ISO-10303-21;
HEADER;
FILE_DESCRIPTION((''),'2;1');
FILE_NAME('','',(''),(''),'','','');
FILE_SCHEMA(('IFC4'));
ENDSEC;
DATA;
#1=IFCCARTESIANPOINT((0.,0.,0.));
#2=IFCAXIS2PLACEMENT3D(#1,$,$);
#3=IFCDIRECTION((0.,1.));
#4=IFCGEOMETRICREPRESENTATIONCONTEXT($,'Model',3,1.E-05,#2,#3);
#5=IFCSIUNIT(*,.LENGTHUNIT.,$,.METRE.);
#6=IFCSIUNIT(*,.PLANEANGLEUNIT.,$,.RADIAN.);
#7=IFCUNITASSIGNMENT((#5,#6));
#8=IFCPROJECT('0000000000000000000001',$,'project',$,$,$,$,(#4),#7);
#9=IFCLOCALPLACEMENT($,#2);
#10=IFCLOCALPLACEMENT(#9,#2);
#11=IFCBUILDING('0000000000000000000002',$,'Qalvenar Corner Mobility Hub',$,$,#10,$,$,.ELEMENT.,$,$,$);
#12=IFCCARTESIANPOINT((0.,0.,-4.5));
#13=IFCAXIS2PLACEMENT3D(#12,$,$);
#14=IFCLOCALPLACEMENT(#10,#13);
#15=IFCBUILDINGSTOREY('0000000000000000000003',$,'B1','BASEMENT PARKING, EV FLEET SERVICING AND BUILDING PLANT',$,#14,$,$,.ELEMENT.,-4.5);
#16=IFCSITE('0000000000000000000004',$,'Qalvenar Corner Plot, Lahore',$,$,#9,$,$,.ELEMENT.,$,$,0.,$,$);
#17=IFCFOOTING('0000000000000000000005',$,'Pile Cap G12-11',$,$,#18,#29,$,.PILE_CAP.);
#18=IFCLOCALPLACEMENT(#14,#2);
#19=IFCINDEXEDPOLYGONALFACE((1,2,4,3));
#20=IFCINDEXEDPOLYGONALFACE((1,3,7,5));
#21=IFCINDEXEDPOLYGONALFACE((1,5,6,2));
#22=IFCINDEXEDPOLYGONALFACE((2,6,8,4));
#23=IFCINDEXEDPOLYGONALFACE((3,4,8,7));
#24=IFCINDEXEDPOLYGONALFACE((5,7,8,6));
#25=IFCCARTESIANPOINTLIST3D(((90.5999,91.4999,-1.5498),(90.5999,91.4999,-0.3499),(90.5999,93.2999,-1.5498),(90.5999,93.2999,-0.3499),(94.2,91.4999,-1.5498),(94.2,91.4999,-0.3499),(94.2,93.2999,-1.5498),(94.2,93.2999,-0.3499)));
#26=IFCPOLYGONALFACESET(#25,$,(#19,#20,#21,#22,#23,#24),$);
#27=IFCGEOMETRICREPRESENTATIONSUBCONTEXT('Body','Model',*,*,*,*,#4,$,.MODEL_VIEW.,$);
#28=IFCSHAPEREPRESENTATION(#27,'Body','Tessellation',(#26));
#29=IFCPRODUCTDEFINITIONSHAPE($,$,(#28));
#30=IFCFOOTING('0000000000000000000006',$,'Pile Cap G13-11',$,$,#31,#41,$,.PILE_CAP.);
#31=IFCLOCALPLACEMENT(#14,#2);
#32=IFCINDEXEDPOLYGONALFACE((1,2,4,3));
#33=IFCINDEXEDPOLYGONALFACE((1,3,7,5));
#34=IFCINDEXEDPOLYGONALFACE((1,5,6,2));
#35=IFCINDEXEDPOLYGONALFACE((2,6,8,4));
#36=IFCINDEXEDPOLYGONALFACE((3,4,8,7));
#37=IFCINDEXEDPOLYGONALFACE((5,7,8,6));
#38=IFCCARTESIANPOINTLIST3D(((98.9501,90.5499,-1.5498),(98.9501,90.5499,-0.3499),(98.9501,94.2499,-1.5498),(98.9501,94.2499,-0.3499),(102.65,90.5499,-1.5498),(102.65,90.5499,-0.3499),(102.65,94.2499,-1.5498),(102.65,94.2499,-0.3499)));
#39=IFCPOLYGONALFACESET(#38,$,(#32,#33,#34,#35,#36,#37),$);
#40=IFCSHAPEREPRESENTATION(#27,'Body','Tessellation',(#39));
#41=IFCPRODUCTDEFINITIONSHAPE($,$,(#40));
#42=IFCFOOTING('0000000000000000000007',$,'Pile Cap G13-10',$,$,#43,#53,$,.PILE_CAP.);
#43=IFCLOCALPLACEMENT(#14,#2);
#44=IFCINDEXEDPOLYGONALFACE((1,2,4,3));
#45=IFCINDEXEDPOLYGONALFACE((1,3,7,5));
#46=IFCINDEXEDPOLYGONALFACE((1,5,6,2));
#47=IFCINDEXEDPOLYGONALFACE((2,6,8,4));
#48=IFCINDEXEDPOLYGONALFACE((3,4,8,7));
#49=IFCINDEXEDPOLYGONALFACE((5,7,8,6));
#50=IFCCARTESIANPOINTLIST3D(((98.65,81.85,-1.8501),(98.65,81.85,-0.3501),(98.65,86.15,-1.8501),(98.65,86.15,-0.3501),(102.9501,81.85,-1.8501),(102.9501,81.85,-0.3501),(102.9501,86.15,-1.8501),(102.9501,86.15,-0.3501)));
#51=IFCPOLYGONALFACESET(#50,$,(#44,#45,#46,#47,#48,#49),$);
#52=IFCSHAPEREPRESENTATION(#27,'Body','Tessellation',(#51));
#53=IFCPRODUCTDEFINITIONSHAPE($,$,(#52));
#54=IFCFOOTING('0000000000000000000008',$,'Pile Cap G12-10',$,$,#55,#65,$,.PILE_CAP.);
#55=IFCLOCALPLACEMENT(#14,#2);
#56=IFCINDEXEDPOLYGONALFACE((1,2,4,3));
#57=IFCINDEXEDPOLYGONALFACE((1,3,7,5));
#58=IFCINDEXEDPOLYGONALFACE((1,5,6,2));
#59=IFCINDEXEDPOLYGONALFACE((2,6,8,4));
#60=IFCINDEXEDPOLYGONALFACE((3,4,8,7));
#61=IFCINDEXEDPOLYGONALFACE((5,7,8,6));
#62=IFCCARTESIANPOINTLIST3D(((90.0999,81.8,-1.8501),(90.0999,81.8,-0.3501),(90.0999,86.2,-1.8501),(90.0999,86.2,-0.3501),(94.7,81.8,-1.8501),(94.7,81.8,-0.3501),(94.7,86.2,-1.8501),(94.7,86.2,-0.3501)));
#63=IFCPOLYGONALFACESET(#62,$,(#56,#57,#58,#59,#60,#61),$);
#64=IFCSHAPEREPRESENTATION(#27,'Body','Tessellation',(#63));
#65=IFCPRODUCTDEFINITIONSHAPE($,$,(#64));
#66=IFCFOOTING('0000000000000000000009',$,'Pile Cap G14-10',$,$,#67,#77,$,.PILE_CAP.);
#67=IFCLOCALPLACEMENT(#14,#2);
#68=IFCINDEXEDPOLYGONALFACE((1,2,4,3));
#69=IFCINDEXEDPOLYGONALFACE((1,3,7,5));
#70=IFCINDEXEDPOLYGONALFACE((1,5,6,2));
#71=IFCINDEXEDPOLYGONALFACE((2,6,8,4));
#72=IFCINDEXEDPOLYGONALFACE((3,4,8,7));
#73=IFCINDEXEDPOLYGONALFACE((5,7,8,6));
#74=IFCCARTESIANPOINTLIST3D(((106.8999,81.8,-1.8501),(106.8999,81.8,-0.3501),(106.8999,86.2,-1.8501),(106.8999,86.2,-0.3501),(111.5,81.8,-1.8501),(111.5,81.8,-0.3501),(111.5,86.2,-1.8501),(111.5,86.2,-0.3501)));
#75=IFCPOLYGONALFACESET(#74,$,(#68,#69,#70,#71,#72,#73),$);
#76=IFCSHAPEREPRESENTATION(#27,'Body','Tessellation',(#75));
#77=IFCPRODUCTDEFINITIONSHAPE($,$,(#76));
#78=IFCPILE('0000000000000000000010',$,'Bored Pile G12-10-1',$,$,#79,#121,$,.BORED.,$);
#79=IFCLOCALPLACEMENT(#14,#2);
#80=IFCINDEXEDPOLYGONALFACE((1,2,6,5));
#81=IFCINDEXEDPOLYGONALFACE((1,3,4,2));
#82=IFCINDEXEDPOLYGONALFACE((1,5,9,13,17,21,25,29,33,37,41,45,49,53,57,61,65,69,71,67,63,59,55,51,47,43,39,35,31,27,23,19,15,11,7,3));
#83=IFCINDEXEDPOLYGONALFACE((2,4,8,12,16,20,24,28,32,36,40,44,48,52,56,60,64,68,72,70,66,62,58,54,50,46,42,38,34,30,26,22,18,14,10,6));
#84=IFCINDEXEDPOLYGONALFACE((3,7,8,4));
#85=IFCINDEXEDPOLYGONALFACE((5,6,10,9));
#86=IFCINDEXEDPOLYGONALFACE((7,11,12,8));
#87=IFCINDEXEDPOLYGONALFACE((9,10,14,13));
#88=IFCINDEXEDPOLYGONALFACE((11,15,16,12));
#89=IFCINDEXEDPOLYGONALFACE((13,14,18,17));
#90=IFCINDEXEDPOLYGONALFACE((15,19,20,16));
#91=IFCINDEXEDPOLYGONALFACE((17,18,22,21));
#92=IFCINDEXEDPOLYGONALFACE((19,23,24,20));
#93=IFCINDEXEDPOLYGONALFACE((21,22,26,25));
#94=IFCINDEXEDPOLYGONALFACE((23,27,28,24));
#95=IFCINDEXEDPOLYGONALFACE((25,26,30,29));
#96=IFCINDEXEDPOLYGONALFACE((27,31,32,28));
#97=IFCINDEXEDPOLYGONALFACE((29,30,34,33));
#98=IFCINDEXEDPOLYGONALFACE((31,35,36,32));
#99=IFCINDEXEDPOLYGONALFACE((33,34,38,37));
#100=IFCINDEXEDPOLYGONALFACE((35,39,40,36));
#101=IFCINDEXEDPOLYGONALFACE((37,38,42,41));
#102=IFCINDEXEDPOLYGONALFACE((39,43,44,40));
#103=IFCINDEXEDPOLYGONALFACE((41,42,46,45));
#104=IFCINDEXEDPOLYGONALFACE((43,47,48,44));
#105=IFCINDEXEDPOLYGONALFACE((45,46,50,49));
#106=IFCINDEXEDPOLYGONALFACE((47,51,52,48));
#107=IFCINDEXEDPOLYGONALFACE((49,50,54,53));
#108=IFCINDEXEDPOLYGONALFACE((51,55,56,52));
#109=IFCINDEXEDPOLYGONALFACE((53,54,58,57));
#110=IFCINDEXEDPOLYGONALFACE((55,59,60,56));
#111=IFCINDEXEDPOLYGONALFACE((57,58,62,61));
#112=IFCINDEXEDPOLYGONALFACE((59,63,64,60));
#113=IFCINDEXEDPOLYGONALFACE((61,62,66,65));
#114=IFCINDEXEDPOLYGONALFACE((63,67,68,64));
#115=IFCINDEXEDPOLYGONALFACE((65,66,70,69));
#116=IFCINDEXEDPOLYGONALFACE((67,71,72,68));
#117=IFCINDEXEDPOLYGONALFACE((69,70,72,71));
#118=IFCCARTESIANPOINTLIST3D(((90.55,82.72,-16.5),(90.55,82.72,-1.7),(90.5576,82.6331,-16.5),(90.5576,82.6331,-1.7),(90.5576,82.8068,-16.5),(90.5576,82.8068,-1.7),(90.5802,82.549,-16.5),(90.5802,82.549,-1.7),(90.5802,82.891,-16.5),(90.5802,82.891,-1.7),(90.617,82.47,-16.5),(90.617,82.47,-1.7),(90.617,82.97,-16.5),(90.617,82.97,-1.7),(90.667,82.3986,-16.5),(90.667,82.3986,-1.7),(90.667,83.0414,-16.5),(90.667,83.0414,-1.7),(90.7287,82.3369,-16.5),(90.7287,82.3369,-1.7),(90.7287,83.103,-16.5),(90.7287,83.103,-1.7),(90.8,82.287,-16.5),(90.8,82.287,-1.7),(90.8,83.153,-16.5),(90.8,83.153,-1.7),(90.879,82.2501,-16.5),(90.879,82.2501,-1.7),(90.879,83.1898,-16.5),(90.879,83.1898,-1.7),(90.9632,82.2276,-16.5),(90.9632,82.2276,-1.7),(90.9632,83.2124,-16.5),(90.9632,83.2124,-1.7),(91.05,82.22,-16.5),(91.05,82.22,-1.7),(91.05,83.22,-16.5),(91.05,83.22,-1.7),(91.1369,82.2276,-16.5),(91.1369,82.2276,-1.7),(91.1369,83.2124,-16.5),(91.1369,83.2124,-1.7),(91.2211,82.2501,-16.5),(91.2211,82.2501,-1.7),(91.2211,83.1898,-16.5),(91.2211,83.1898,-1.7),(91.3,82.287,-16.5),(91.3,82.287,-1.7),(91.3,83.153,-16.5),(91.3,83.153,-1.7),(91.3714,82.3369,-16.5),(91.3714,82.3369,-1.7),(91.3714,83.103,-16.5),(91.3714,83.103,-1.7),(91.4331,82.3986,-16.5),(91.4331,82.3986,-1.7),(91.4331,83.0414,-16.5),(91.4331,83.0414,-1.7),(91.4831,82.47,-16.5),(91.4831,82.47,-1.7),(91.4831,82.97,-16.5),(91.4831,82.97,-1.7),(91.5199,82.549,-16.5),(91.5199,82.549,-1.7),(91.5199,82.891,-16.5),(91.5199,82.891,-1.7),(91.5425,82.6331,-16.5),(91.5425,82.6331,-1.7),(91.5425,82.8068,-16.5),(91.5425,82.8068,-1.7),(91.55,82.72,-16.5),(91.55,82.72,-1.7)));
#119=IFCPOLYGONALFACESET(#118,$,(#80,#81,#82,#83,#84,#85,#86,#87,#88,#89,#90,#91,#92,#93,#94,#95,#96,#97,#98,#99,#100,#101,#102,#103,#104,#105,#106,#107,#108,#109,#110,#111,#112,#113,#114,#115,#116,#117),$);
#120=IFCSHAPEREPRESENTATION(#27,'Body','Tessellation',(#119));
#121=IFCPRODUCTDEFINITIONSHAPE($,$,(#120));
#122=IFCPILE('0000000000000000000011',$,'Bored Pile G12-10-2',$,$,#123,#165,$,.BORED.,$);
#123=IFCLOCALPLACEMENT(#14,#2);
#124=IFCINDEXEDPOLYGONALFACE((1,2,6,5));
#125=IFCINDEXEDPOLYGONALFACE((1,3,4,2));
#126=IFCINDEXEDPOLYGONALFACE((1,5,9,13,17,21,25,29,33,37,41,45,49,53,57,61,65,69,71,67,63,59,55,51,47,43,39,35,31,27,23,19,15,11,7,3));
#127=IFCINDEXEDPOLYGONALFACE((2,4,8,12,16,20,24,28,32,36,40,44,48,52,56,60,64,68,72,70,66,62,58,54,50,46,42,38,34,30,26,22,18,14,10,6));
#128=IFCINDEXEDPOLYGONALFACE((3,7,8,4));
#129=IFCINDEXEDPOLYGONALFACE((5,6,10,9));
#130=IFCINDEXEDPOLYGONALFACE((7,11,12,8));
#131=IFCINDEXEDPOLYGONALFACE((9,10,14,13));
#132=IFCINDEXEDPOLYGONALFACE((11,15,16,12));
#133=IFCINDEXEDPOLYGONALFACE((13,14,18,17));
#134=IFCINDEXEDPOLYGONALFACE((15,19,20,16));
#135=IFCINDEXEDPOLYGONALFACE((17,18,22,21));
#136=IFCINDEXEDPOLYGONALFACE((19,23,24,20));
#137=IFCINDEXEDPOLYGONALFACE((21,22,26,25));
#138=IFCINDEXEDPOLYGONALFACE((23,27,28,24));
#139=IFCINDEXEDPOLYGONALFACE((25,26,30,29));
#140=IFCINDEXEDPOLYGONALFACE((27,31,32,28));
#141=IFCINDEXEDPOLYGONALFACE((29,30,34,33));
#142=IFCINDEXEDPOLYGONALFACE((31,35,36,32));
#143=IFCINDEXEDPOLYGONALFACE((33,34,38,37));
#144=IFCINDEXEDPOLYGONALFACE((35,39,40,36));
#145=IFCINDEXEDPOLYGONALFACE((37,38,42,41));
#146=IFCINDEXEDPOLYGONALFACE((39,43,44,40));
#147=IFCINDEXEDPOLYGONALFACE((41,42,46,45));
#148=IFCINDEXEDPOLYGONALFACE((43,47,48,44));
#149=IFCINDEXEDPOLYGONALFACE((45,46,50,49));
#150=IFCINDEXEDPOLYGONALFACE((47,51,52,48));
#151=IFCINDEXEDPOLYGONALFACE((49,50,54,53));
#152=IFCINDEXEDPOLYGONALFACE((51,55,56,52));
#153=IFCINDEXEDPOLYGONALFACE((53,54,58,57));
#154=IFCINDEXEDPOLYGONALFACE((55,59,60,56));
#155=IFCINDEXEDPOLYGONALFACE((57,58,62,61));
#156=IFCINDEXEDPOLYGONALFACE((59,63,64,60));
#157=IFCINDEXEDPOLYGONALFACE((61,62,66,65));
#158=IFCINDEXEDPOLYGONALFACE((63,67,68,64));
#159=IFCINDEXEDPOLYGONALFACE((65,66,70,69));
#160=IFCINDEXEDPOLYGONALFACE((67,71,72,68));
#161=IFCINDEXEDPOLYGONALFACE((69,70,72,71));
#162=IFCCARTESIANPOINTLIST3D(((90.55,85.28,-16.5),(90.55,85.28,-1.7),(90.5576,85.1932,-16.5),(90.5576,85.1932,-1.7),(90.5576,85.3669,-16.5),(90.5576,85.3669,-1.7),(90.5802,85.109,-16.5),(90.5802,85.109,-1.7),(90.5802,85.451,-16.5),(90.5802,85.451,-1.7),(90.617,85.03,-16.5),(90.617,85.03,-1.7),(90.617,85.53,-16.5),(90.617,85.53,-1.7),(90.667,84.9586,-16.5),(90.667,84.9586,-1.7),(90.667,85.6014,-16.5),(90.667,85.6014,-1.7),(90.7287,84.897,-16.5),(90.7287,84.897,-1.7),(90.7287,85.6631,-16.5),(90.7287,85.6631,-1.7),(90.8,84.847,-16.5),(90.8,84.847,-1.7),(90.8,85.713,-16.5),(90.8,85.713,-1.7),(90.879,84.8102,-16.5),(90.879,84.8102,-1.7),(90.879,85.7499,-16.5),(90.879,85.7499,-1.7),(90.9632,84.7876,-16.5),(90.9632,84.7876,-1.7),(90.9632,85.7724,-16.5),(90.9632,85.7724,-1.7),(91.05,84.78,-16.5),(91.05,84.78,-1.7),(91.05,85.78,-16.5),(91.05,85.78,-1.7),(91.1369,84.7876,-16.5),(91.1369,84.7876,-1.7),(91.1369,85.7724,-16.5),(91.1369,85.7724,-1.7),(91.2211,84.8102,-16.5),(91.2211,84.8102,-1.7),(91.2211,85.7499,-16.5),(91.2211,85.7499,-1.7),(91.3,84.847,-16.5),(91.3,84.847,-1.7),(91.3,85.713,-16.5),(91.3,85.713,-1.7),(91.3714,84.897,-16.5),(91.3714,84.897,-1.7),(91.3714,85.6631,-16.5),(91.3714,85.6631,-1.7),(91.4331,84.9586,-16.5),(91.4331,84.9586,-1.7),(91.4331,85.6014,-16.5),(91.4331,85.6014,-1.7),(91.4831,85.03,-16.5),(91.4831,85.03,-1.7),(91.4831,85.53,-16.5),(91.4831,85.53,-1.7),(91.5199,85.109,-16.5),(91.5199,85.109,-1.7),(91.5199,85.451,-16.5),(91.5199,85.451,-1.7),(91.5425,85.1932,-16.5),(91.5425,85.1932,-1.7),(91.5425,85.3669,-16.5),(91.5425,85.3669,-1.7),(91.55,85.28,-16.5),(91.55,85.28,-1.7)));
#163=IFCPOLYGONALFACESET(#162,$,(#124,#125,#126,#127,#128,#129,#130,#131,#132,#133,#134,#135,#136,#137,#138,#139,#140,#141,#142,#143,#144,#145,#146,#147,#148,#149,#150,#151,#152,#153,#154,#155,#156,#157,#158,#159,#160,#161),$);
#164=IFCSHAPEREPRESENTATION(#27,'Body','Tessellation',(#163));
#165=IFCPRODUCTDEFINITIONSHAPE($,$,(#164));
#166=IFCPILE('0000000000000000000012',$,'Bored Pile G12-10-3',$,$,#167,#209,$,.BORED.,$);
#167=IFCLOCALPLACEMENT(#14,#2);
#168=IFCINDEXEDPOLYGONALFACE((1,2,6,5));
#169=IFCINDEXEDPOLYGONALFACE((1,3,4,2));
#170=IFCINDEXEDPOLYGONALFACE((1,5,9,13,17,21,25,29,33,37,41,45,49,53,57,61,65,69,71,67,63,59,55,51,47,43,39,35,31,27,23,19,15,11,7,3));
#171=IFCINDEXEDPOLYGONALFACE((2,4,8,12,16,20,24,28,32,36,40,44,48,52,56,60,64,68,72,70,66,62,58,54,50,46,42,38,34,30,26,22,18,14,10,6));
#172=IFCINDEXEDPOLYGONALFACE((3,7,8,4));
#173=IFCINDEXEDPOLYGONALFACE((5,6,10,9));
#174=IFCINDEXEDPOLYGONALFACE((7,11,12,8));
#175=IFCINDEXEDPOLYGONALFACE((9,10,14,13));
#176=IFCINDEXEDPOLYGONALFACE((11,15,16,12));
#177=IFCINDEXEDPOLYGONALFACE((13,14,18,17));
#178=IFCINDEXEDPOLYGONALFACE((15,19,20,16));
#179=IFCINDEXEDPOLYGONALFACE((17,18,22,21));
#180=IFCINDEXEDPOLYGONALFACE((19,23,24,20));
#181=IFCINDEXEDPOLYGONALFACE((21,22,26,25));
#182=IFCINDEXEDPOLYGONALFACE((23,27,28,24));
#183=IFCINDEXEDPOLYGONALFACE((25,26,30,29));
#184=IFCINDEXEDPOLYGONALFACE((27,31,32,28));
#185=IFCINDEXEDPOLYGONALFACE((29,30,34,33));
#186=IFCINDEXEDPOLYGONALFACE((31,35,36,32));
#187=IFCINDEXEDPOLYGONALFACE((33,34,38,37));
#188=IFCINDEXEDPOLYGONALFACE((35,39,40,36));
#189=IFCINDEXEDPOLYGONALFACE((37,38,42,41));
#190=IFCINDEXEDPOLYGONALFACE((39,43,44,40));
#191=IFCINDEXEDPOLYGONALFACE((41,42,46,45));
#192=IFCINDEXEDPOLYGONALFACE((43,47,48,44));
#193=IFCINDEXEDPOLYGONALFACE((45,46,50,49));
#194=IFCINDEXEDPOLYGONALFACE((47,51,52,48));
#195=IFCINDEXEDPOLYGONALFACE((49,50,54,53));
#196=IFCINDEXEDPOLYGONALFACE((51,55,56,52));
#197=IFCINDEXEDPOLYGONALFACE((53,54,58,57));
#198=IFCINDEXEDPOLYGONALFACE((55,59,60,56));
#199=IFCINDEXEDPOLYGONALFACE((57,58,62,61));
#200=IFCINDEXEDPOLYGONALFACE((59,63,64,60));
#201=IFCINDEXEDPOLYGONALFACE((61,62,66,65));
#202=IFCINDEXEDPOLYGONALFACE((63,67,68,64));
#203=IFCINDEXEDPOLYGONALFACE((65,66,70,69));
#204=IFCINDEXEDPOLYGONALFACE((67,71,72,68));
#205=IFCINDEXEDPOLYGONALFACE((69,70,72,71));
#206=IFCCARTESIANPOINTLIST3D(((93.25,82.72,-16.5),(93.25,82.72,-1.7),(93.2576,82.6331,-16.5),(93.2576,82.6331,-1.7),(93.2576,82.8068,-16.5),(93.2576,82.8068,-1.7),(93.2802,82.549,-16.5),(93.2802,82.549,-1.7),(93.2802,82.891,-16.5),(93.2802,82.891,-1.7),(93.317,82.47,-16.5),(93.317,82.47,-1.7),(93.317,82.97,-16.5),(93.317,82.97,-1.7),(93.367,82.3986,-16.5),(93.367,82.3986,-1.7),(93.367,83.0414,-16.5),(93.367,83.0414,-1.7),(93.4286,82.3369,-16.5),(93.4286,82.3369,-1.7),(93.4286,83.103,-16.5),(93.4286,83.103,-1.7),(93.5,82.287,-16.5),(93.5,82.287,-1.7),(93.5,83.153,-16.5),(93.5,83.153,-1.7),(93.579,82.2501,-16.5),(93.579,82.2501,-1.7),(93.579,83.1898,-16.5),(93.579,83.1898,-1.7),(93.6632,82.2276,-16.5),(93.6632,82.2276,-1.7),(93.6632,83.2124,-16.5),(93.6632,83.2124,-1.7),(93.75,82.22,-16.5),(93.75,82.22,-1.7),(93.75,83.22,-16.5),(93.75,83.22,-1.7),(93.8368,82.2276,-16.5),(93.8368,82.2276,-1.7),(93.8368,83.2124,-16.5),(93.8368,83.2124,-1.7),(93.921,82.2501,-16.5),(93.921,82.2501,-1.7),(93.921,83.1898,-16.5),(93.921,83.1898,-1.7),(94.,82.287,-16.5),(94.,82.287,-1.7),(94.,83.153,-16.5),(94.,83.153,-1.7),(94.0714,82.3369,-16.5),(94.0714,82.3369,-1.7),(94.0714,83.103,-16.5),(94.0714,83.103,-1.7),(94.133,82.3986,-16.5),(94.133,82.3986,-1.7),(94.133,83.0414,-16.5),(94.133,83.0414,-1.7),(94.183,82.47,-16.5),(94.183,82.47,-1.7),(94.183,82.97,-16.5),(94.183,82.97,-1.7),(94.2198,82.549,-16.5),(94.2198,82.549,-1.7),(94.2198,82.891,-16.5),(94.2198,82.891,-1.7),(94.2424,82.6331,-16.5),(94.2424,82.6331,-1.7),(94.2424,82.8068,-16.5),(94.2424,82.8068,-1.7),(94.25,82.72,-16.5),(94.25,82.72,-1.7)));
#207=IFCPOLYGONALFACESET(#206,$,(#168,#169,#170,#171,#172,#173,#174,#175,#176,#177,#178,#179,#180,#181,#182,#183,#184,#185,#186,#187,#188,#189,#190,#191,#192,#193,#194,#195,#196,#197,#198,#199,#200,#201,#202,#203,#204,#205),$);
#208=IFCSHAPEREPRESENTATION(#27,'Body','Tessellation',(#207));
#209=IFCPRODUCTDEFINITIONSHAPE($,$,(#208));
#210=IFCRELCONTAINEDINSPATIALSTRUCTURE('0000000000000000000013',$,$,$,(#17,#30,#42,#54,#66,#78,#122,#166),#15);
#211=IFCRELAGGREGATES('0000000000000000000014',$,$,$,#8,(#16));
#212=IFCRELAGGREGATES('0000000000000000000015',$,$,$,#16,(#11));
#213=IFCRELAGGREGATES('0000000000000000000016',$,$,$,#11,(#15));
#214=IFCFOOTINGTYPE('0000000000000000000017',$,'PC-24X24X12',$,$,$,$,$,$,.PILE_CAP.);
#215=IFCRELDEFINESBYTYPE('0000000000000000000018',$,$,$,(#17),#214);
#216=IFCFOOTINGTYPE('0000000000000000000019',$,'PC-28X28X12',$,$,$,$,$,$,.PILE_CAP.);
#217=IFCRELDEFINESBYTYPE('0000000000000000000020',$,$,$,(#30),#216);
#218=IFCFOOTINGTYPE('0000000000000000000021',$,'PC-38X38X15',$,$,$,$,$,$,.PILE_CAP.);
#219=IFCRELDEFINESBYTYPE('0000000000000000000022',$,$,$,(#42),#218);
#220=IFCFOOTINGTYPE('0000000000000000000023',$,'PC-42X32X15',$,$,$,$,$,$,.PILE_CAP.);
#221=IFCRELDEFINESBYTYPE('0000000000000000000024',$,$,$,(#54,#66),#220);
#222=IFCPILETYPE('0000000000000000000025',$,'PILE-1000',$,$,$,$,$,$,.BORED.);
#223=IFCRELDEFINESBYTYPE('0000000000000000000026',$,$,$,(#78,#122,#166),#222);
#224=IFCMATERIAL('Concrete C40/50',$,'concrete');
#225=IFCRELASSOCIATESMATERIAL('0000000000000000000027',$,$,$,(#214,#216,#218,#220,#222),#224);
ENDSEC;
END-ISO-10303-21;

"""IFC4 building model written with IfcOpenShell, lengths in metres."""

from ifc_helpers import new_model, si_unit, direction, frame, origin, origin_2d, place, context, subcontext, project, spatial, rectangle, circle, extrude, material, material_profile, profile_set, type_object, element, save


model = new_model("IFC4")

# Units and contexts
model_context = context("Model", 3, precision=1e-05, world=origin(), true_north=direction((0.0, 1.0)))
body_context = subcontext(model_context, "Body", "Model", "MODEL_VIEW")
ifc_project = project(units=[si_unit("LENGTHUNIT", "METRE"), si_unit("PLANEANGLEUNIT", "RADIAN")], contexts=[model_context])

# Site, building, storey
site_placement = place(None, origin())
site = spatial("IfcSite", under=ifc_project, at=site_placement, Name="Qalvenar Corner Plot, Lahore", CompositionType="ELEMENT", RefElevation=0.0)
building_placement = place(site_placement, origin())
building = spatial("IfcBuilding", under=site, at=building_placement, Name="Qalvenar Corner Mobility Hub", CompositionType="ELEMENT")
storey_placement = place(building_placement, frame((0.0, 0.0, -4.5)))
storey = spatial("IfcBuildingStorey", under=building, at=storey_placement, Name="B1", Description="BASEMENT PARKING, EV FLEET SERVICING AND BUILDING PLANT", CompositionType="ELEMENT", Elevation=-4.5)

# Footings
ifc_material_1 = material(Name="Concrete C40/50", Category="concrete")
footing_type_1 = type_object("IfcFootingType", Name="PC-24X24X12", PredefinedType="PILE_CAP", material=ifc_material_1)
footing_1_placement = place(storey_placement, frame((92.3999, 92.3999, -1.5498), z_axis=(0.0, 0.0, 1.0), x_axis=(1.0, 0.0, 0.0)))
element("IfcFooting", 1, at=footing_1_placement, inside=storey, type_object=footing_type_1, Name="Pile Cap G12-11", PredefinedType="PILE_CAP", context=body_context, shape_type="SweptSolid", body=[
    extrude(rectangle(XDim=3.6001, YDim=1.8, at=origin_2d()), origin(), (0.0, 0.0, 1.0), 1.2),
])
footing_type_2 = type_object("IfcFootingType", Name="PC-28X28X12", PredefinedType="PILE_CAP", material=ifc_material_1)
footing_2_placement = place(storey_placement, frame((100.8, 92.3999, -1.5498), z_axis=(0.0, 0.0, 1.0), x_axis=(1.0, 0.0, 0.0)))
element("IfcFooting", 2, at=footing_2_placement, inside=storey, type_object=footing_type_2, Name="Pile Cap G13-11", PredefinedType="PILE_CAP", context=body_context, shape_type="SweptSolid", body=[
    extrude(rectangle(XDim=3.7, YDim=3.7, at=origin_2d()), origin(), (0.0, 0.0, 1.0), 1.2),
])
footing_type_3 = type_object("IfcFootingType", Name="PC-38X38X15", PredefinedType="PILE_CAP", material=ifc_material_1)
footing_3_placement = place(storey_placement, frame((100.8, 84.0, -1.8501), z_axis=(0.0, 0.0, 1.0), x_axis=(1.0, 0.0, 0.0)))
element("IfcFooting", 3, at=footing_3_placement, inside=storey, type_object=footing_type_3, Name="Pile Cap G13-10", PredefinedType="PILE_CAP", context=body_context, shape_type="SweptSolid", body=[
    extrude(rectangle(XDim=4.3, YDim=4.3, at=origin_2d()), origin(), (0.0, 0.0, 1.0), 1.5),
])
footing_type_4 = type_object("IfcFootingType", Name="PC-42X32X15", PredefinedType="PILE_CAP", material=ifc_material_1)
for number, where, z_axis, x_axis, name in (
    (4, (92.3999, 84.0, -1.8501), (0.0, 0.0, 1.0), (1.0, 0.0, 0.0), "Pile Cap G12-10"),
    (5, (109.2, 84.0, -1.8501), (0.0, 0.0, 1.0), (1.0, 0.0, 0.0), "Pile Cap G14-10"),
):
    element("IfcFooting", number, at=place(storey_placement, frame(where, z_axis=z_axis, x_axis=x_axis)), inside=storey, type_object=footing_type_4, Name=name, PredefinedType="PILE_CAP", context=body_context, shape_type="SweptSolid", body=[
        extrude(rectangle(XDim=4.6001, YDim=4.3999, at=origin_2d()), origin(), (0.0, 0.0, 1.0), 1.5),
    ])

# Piles
ifc_material_profile_1 = material_profile(ifc_material_1, circle(Radius=0.5, at=origin_2d()), Name="DIA1000")
ifc_profile_set_1 = profile_set([ifc_material_profile_1], Name="Concrete C40/50")
pile_type_1 = type_object("IfcPileType", Name="PILE-1000", PredefinedType="BORED", material=ifc_profile_set_1)
for number, where, z_axis, x_axis, name in (
    (6, (91.05, 82.72, -1.7), (0.0, 0.0, -1.0), (1.0, 0.0, 0.0), "Bored Pile G12-10-1"),
    (7, (91.05, 85.28, -1.7), (0.0, 0.0, -1.0), (1.0, 0.0, 0.0), "Bored Pile G12-10-2"),
    (8, (93.75, 82.72, -1.7), (0.0, 0.0, -1.0), (1.0, 0.0, 0.0), "Bored Pile G12-10-3"),
):
    element("IfcPile", number, at=place(storey_placement, frame(where, z_axis=z_axis, x_axis=x_axis)), inside=storey, type_object=pile_type_1, Name=name, PredefinedType="BORED", context=body_context, shape_type="SweptSolid", body=[
        extrude(circle(Radius=0.5, at=origin_2d()), origin(), (0.0, 0.0, 1.0), 14.8),
    ])

save(model, "model.ifc")
